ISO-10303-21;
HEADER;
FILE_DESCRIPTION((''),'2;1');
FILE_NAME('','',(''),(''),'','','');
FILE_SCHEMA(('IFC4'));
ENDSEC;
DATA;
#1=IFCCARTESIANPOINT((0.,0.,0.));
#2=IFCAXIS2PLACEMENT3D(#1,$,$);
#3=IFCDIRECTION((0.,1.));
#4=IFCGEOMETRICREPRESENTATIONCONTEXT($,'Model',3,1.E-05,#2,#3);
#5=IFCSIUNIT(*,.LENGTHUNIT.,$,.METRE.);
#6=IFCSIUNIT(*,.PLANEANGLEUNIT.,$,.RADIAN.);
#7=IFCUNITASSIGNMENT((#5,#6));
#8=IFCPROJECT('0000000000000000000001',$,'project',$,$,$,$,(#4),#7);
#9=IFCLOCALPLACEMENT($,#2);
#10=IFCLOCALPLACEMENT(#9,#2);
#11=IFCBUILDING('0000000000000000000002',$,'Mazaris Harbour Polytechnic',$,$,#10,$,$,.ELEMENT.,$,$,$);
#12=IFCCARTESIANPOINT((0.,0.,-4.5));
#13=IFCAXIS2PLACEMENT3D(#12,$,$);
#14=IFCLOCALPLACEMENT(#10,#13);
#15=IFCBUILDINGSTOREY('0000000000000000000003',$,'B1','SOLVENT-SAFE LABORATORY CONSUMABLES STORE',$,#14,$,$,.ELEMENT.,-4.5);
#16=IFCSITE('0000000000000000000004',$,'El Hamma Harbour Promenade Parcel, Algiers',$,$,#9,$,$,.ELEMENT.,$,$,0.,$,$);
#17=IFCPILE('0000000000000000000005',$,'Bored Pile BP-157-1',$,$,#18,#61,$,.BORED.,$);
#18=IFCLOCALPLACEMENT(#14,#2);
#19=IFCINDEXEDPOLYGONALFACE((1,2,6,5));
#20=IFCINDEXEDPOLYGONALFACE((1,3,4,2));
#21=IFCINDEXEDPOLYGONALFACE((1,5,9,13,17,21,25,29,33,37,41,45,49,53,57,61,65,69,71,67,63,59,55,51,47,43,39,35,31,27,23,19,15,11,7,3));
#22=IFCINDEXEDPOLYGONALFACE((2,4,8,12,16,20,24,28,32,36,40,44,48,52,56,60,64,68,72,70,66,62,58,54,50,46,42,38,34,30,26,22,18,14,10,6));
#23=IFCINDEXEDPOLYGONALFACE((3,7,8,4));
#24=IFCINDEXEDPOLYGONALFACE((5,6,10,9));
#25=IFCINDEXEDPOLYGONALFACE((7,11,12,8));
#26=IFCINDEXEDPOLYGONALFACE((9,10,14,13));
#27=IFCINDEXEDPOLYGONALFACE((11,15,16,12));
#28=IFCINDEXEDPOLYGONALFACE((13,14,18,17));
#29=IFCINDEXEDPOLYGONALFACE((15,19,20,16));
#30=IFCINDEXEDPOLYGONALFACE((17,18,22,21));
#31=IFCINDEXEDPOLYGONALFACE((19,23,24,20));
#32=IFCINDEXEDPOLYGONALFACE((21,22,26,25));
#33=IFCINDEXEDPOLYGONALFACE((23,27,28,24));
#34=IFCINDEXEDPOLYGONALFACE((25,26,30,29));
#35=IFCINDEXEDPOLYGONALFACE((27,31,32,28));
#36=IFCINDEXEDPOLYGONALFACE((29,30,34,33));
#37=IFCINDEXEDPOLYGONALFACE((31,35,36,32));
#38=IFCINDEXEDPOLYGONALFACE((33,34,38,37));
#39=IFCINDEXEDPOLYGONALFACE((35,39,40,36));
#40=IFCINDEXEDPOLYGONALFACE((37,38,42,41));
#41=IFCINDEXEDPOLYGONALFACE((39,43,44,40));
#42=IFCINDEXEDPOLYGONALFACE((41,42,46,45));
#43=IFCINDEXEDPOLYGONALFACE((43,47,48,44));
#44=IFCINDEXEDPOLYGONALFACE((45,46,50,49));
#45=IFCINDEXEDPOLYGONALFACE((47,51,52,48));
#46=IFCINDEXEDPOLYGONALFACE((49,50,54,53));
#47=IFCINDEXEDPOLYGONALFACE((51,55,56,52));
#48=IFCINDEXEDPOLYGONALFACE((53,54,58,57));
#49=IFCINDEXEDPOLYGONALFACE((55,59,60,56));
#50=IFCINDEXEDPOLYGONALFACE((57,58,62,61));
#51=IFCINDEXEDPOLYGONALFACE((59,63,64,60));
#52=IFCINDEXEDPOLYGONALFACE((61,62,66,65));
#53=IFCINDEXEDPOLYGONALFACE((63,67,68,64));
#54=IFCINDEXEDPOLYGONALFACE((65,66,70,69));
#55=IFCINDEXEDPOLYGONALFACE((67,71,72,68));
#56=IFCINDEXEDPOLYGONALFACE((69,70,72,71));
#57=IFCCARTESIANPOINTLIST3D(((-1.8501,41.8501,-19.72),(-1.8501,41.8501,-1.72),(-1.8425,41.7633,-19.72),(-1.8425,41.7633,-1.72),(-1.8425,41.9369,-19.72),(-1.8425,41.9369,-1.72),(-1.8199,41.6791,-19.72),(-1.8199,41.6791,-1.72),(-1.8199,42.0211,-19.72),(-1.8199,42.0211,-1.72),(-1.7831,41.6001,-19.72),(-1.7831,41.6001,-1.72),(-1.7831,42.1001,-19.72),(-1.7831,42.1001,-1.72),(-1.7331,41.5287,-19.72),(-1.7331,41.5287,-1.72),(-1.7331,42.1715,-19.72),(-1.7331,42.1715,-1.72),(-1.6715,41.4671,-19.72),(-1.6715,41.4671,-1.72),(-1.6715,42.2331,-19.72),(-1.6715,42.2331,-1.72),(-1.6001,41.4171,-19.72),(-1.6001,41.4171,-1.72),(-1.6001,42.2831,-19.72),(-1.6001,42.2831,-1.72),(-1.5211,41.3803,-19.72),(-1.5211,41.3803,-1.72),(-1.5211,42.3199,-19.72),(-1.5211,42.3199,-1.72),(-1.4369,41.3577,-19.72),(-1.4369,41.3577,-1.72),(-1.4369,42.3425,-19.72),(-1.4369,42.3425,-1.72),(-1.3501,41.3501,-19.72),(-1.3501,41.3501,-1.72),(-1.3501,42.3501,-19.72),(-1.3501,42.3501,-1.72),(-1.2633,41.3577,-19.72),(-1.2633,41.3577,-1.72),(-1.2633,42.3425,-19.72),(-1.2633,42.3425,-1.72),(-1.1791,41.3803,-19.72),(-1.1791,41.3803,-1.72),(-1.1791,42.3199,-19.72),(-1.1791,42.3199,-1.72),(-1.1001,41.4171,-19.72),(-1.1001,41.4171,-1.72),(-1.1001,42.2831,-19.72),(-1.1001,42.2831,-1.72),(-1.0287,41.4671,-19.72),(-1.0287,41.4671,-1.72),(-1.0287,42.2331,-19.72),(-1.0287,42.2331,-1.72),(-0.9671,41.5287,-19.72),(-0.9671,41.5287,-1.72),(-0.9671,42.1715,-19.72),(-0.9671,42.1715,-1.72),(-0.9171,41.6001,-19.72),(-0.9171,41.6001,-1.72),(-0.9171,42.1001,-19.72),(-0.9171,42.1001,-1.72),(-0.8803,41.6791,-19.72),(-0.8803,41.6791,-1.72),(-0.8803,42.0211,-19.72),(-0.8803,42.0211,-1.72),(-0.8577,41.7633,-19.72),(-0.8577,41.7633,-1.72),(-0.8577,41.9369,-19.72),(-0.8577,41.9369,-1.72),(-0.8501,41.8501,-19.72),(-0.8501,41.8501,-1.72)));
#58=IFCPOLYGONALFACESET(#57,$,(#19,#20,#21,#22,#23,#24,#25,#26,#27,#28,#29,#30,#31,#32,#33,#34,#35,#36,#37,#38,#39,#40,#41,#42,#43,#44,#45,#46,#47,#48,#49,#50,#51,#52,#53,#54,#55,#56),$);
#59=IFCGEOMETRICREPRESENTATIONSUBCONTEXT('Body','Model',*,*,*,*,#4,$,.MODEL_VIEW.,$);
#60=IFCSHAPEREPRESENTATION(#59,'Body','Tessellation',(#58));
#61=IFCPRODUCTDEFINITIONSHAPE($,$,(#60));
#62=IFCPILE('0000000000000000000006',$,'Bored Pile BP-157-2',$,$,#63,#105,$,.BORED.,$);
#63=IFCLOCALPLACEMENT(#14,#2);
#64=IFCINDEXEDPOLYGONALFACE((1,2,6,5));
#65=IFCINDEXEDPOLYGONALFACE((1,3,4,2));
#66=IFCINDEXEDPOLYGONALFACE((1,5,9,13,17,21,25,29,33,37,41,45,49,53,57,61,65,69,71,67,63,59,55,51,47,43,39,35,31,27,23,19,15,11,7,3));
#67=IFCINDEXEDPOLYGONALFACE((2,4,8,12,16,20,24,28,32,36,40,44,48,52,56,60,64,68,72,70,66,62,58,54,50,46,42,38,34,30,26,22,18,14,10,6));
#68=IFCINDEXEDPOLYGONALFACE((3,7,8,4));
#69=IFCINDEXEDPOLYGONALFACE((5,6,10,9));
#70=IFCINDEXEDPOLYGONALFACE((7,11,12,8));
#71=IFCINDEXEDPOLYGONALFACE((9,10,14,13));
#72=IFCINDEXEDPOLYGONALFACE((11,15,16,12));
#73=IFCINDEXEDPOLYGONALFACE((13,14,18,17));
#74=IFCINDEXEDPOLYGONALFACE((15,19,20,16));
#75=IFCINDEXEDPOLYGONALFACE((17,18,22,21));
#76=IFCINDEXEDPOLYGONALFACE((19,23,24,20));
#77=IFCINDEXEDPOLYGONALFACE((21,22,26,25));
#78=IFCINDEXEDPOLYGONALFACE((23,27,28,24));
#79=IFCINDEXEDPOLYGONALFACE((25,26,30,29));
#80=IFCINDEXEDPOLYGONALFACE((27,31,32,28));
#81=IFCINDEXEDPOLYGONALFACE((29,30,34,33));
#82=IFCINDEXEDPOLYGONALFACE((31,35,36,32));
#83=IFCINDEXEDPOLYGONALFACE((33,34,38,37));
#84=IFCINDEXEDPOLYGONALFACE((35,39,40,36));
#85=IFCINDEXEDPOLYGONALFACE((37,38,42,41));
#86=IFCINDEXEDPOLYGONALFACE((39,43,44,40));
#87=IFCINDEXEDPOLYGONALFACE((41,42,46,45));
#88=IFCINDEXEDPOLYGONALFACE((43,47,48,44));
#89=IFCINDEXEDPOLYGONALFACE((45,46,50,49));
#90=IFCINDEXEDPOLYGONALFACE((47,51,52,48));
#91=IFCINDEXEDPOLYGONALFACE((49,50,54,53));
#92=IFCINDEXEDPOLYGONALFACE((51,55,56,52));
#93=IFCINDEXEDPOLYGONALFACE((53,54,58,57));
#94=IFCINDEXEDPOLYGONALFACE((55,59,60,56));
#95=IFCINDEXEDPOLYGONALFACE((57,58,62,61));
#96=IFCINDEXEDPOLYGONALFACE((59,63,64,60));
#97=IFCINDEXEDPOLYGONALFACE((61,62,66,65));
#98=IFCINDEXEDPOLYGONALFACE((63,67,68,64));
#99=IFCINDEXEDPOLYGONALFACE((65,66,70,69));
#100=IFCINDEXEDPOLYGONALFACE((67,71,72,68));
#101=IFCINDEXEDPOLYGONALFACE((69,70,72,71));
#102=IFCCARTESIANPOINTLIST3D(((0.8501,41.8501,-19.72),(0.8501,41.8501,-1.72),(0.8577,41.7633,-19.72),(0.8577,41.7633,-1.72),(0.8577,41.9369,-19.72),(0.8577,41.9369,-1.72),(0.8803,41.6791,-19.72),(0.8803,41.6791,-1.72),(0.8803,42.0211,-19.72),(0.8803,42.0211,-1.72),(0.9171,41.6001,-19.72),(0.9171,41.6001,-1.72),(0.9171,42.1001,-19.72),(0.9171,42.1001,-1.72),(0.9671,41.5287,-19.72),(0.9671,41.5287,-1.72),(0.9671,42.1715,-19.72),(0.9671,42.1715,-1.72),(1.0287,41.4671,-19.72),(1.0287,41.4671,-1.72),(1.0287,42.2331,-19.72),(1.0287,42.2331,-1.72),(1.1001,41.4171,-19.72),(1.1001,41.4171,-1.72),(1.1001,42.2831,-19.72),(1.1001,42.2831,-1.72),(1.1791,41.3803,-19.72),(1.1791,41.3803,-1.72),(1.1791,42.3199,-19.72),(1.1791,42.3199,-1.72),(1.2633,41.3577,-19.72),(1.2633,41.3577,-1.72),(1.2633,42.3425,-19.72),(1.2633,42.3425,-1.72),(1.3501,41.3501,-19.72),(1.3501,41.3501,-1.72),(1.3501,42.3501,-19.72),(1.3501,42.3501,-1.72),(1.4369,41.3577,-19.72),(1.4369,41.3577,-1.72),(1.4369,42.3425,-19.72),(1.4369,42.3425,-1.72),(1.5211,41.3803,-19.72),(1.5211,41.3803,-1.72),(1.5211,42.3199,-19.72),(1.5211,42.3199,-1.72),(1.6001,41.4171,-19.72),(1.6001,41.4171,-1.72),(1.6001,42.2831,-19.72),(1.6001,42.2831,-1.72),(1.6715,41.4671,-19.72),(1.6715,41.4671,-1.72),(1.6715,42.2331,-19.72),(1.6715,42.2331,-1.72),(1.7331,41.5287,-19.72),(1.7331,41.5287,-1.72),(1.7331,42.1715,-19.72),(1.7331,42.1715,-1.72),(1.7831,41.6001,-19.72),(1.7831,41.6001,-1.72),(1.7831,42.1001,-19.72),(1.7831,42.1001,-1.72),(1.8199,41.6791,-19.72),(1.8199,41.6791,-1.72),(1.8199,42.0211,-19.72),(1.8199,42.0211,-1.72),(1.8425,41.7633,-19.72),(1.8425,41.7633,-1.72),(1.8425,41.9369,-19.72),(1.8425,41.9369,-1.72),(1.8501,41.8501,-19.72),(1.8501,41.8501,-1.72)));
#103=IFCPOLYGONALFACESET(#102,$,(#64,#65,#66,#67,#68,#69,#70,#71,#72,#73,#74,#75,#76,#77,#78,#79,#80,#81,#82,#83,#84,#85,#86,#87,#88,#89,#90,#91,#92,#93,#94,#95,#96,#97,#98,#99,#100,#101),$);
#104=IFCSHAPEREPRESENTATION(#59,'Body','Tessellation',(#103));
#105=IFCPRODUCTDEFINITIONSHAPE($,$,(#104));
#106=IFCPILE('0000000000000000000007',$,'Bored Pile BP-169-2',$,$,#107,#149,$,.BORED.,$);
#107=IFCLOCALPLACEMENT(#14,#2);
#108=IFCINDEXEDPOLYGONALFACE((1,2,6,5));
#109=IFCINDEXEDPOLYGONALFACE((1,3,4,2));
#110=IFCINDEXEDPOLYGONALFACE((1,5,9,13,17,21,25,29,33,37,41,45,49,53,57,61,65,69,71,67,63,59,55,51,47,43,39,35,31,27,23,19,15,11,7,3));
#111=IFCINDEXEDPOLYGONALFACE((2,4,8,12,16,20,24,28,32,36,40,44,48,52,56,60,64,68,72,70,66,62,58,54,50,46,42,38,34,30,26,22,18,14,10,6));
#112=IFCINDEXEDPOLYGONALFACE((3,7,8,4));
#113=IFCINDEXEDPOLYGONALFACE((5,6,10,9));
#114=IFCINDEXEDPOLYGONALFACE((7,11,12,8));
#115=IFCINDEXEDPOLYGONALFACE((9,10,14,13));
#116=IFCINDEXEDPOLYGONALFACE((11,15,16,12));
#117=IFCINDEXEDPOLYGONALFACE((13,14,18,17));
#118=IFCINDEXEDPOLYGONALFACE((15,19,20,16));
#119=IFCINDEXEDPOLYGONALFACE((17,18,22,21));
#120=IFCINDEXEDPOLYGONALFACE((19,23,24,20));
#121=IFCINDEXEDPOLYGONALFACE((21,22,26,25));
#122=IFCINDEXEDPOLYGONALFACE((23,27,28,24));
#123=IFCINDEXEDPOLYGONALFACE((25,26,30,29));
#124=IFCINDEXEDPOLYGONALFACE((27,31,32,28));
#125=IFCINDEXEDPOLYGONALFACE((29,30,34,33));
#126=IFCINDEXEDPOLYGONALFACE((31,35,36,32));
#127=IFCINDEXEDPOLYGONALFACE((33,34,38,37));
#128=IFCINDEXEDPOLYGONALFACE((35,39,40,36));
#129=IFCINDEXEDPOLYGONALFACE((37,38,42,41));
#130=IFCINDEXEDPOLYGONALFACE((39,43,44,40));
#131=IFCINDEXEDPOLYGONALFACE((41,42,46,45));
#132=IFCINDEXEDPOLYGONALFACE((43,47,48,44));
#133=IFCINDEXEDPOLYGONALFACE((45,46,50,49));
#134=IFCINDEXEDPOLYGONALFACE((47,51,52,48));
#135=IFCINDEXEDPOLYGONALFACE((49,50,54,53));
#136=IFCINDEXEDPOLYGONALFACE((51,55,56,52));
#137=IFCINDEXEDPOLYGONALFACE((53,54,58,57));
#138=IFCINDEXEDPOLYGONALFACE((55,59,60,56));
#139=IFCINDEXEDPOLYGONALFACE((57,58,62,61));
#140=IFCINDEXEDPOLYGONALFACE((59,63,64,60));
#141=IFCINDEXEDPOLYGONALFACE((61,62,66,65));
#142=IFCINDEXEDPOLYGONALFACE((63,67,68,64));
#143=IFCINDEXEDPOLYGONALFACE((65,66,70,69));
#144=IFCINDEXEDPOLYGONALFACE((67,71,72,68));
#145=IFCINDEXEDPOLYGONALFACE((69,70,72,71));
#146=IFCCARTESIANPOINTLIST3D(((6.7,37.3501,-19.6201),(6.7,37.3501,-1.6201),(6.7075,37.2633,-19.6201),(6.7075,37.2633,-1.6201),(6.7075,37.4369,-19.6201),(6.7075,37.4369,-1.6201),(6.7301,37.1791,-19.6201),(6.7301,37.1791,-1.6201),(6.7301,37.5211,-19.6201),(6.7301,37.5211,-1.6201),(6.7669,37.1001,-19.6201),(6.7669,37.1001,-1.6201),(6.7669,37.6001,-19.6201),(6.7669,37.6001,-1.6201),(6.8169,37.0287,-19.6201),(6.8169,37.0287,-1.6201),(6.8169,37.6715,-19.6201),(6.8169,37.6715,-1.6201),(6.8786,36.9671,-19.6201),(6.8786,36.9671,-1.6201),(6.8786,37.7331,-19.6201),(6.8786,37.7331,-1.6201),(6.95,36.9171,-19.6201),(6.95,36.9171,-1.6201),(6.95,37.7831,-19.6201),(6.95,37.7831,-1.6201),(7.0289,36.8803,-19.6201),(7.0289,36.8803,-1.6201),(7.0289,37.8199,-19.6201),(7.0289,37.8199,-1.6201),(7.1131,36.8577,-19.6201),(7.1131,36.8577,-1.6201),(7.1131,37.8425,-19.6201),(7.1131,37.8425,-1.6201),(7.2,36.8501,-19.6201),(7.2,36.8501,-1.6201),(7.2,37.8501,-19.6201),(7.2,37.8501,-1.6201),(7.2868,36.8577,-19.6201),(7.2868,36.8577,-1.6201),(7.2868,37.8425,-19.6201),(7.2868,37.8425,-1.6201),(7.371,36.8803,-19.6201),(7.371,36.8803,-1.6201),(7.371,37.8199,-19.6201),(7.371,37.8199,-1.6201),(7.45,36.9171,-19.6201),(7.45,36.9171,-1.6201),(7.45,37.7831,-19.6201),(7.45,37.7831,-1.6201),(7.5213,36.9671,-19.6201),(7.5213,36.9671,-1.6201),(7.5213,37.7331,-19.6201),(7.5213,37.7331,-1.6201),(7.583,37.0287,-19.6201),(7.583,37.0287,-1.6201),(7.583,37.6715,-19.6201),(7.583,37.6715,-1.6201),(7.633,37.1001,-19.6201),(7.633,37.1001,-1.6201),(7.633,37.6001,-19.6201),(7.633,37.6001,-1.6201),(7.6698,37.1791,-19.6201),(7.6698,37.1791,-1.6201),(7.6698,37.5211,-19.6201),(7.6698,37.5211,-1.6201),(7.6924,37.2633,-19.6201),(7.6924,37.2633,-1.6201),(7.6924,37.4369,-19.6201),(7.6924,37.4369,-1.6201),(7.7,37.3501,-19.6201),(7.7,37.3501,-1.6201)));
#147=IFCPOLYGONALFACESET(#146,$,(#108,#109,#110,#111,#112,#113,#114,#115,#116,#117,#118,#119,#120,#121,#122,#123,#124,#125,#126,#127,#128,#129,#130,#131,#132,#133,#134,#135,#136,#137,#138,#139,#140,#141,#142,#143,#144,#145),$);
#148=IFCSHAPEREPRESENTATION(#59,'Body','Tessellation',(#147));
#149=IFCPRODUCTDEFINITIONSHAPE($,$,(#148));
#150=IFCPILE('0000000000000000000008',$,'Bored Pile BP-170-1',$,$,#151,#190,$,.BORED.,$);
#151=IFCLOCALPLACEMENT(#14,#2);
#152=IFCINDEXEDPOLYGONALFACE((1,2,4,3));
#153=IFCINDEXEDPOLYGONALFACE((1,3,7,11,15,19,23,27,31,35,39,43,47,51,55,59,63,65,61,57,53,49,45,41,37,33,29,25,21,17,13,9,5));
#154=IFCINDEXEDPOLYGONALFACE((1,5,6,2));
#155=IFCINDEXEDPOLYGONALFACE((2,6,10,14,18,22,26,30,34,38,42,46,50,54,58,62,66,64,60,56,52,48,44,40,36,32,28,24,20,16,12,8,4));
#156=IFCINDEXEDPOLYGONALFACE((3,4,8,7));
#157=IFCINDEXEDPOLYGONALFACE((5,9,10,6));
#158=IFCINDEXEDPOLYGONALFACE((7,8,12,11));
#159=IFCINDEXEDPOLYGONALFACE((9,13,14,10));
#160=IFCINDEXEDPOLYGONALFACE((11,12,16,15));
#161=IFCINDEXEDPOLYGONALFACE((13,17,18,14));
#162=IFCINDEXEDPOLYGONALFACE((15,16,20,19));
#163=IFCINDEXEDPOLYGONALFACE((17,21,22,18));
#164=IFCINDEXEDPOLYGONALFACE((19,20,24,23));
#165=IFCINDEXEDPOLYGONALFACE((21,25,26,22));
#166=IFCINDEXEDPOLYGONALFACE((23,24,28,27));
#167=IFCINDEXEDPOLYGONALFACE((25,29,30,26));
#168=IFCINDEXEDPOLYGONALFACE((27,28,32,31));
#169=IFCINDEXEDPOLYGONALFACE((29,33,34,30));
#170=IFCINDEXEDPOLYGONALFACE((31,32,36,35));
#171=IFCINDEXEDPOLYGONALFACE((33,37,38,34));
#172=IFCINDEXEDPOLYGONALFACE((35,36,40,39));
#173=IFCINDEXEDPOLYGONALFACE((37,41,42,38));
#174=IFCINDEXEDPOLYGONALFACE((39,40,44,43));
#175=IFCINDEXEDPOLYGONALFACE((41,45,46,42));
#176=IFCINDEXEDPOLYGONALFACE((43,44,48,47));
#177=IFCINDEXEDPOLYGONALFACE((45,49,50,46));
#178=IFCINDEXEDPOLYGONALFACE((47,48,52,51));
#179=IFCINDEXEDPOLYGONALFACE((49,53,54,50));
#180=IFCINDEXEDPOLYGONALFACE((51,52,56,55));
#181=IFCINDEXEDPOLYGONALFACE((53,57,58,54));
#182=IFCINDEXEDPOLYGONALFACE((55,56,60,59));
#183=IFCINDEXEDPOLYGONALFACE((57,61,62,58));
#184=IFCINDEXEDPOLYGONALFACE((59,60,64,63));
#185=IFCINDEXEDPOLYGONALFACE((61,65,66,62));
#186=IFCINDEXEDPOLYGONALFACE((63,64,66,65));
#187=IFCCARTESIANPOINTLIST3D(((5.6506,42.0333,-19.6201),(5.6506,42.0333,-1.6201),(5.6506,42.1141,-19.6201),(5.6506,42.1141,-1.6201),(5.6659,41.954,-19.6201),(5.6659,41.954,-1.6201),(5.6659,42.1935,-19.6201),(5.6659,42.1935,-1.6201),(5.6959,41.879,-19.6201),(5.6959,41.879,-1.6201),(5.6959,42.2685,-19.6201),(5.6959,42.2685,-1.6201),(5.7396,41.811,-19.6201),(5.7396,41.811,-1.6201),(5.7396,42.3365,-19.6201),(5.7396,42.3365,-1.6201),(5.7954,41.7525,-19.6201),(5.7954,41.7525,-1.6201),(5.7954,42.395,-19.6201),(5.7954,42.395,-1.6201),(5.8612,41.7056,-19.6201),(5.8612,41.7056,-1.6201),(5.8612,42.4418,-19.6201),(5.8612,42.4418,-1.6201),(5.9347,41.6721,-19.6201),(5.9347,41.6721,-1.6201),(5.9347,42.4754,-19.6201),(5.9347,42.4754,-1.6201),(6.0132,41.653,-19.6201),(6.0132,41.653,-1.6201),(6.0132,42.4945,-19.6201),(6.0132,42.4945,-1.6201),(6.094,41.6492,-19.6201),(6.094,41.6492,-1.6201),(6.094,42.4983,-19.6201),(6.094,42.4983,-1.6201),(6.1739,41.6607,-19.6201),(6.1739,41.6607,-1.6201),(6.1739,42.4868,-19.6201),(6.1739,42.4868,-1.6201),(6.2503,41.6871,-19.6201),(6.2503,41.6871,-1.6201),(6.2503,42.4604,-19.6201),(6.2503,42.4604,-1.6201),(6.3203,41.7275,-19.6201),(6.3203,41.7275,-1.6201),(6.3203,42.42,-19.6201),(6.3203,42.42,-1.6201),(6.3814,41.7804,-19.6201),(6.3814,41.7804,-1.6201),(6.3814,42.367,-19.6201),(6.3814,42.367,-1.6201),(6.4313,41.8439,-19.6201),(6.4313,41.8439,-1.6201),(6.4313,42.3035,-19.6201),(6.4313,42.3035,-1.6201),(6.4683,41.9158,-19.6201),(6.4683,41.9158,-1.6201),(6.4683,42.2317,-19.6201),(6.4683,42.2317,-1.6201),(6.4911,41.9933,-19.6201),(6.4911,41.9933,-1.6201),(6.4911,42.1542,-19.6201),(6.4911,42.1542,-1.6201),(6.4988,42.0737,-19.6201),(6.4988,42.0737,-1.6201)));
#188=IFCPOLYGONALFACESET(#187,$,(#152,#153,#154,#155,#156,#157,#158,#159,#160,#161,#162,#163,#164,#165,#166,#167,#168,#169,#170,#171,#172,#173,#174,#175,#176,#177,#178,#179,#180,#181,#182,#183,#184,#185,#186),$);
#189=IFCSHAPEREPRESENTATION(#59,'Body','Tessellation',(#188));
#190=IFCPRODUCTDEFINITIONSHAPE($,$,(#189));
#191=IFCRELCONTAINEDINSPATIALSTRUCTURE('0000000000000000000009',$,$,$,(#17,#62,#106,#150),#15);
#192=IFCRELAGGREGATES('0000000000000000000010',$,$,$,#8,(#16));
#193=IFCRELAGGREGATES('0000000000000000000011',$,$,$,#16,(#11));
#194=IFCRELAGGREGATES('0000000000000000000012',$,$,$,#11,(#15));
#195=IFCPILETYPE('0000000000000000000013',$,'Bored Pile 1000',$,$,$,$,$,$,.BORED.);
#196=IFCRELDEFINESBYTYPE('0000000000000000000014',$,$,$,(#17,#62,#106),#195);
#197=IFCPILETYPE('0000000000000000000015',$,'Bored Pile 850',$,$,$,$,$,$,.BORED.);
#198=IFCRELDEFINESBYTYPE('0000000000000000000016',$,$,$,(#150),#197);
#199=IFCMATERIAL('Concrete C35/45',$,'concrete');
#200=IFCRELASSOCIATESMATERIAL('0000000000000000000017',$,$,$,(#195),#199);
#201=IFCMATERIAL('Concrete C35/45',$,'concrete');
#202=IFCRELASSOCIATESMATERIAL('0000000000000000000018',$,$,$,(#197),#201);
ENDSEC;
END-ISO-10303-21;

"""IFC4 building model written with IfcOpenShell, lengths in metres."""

from ifc_helpers import new_model, si_unit, direction, frame, origin, origin_2d, place, context, subcontext, project, spatial, circle, extrude, material, material_profile, profile_set, type_object, element, save


model = new_model("IFC4")

# Units and contexts
model_context = context("Model", 3, precision=1e-05, world=origin(), true_north=direction((0.0, 1.0)))
body_context = subcontext(model_context, "Body", "Model", "MODEL_VIEW")
ifc_project = project(units=[si_unit("LENGTHUNIT", "METRE"), si_unit("PLANEANGLEUNIT", "RADIAN")], contexts=[model_context])

# Site, building, storey
site_placement = place(None, origin())
site = spatial("IfcSite", under=ifc_project, at=site_placement, Name="El Hamma Harbour Promenade Parcel, Algiers", CompositionType="ELEMENT", RefElevation=0.0)
building_placement = place(site_placement, origin())
building = spatial("IfcBuilding", under=site, at=building_placement, Name="Mazaris Harbour Polytechnic", CompositionType="ELEMENT")
storey_placement = place(building_placement, frame((0.0, 0.0, -4.5)))
storey = spatial("IfcBuildingStorey", under=building, at=storey_placement, Name="B1", Description="SOLVENT-SAFE LABORATORY CONSUMABLES STORE", CompositionType="ELEMENT", Elevation=-4.5)

# Piles
ifc_material_1 = material(Name="Concrete C35/45", Category="concrete")
ifc_material_profile_1 = material_profile(ifc_material_1, circle(Radius=0.5, at=origin_2d()), Name="DIA1000")
ifc_profile_set_1 = profile_set([ifc_material_profile_1], Name="Concrete C35/45")
pile_type_1 = type_object("IfcPileType", Name="Bored Pile 1000", PredefinedType="BORED", material=ifc_profile_set_1)
for number, where, z_axis, x_axis, name in (
    (1, (-1.3501, 41.8501, -1.72), (0.0, 0.0, -1.0), (1.0, 0.0, 0.0), "Bored Pile BP-157-1"),
    (2, (1.3501, 41.8501, -1.72), (0.0, 0.0, -1.0), (1.0, 0.0, 0.0), "Bored Pile BP-157-2"),
    (3, (7.2, 37.3501, -1.6201), (0.0, 0.0, -1.0), (1.0, 0.0, 0.0), "Bored Pile BP-169-2"),
):
    element("IfcPile", number, at=place(storey_placement, frame(where, z_axis=z_axis, x_axis=x_axis)), inside=storey, type_object=pile_type_1, Name=name, PredefinedType="BORED", context=body_context, shape_type="SweptSolid", body=[
        extrude(circle(Radius=0.5, at=origin_2d()), origin(), (0.0, 0.0, 1.0), 18.0),
    ])
ifc_material_2 = material(Name="Concrete C35/45", Category="concrete")
ifc_material_profile_2 = material_profile(ifc_material_2, circle(Radius=0.425, at=origin_2d()), Name="DIA850")
ifc_profile_set_2 = profile_set([ifc_material_profile_2], Name="Concrete C35/45")
pile_type_2 = type_object("IfcPileType", Name="Bored Pile 850", PredefinedType="BORED", material=ifc_profile_set_2)
for number, where, z_axis, x_axis, name in (
    (4, (6.0737, 42.0737, -1.6201), (0.0, 0.0, -1.0), (1.0, 0.0, 0.0), "Bored Pile BP-170-1"),
):
    element("IfcPile", number, at=place(storey_placement, frame(where, z_axis=z_axis, x_axis=x_axis)), inside=storey, type_object=pile_type_2, Name=name, PredefinedType="BORED", context=body_context, shape_type="SweptSolid", body=[
        extrude(circle(Radius=0.425, at=origin_2d()), origin(), (0.0, 0.0, 1.0), 18.0),
    ])

save(model, "model.ifc")
